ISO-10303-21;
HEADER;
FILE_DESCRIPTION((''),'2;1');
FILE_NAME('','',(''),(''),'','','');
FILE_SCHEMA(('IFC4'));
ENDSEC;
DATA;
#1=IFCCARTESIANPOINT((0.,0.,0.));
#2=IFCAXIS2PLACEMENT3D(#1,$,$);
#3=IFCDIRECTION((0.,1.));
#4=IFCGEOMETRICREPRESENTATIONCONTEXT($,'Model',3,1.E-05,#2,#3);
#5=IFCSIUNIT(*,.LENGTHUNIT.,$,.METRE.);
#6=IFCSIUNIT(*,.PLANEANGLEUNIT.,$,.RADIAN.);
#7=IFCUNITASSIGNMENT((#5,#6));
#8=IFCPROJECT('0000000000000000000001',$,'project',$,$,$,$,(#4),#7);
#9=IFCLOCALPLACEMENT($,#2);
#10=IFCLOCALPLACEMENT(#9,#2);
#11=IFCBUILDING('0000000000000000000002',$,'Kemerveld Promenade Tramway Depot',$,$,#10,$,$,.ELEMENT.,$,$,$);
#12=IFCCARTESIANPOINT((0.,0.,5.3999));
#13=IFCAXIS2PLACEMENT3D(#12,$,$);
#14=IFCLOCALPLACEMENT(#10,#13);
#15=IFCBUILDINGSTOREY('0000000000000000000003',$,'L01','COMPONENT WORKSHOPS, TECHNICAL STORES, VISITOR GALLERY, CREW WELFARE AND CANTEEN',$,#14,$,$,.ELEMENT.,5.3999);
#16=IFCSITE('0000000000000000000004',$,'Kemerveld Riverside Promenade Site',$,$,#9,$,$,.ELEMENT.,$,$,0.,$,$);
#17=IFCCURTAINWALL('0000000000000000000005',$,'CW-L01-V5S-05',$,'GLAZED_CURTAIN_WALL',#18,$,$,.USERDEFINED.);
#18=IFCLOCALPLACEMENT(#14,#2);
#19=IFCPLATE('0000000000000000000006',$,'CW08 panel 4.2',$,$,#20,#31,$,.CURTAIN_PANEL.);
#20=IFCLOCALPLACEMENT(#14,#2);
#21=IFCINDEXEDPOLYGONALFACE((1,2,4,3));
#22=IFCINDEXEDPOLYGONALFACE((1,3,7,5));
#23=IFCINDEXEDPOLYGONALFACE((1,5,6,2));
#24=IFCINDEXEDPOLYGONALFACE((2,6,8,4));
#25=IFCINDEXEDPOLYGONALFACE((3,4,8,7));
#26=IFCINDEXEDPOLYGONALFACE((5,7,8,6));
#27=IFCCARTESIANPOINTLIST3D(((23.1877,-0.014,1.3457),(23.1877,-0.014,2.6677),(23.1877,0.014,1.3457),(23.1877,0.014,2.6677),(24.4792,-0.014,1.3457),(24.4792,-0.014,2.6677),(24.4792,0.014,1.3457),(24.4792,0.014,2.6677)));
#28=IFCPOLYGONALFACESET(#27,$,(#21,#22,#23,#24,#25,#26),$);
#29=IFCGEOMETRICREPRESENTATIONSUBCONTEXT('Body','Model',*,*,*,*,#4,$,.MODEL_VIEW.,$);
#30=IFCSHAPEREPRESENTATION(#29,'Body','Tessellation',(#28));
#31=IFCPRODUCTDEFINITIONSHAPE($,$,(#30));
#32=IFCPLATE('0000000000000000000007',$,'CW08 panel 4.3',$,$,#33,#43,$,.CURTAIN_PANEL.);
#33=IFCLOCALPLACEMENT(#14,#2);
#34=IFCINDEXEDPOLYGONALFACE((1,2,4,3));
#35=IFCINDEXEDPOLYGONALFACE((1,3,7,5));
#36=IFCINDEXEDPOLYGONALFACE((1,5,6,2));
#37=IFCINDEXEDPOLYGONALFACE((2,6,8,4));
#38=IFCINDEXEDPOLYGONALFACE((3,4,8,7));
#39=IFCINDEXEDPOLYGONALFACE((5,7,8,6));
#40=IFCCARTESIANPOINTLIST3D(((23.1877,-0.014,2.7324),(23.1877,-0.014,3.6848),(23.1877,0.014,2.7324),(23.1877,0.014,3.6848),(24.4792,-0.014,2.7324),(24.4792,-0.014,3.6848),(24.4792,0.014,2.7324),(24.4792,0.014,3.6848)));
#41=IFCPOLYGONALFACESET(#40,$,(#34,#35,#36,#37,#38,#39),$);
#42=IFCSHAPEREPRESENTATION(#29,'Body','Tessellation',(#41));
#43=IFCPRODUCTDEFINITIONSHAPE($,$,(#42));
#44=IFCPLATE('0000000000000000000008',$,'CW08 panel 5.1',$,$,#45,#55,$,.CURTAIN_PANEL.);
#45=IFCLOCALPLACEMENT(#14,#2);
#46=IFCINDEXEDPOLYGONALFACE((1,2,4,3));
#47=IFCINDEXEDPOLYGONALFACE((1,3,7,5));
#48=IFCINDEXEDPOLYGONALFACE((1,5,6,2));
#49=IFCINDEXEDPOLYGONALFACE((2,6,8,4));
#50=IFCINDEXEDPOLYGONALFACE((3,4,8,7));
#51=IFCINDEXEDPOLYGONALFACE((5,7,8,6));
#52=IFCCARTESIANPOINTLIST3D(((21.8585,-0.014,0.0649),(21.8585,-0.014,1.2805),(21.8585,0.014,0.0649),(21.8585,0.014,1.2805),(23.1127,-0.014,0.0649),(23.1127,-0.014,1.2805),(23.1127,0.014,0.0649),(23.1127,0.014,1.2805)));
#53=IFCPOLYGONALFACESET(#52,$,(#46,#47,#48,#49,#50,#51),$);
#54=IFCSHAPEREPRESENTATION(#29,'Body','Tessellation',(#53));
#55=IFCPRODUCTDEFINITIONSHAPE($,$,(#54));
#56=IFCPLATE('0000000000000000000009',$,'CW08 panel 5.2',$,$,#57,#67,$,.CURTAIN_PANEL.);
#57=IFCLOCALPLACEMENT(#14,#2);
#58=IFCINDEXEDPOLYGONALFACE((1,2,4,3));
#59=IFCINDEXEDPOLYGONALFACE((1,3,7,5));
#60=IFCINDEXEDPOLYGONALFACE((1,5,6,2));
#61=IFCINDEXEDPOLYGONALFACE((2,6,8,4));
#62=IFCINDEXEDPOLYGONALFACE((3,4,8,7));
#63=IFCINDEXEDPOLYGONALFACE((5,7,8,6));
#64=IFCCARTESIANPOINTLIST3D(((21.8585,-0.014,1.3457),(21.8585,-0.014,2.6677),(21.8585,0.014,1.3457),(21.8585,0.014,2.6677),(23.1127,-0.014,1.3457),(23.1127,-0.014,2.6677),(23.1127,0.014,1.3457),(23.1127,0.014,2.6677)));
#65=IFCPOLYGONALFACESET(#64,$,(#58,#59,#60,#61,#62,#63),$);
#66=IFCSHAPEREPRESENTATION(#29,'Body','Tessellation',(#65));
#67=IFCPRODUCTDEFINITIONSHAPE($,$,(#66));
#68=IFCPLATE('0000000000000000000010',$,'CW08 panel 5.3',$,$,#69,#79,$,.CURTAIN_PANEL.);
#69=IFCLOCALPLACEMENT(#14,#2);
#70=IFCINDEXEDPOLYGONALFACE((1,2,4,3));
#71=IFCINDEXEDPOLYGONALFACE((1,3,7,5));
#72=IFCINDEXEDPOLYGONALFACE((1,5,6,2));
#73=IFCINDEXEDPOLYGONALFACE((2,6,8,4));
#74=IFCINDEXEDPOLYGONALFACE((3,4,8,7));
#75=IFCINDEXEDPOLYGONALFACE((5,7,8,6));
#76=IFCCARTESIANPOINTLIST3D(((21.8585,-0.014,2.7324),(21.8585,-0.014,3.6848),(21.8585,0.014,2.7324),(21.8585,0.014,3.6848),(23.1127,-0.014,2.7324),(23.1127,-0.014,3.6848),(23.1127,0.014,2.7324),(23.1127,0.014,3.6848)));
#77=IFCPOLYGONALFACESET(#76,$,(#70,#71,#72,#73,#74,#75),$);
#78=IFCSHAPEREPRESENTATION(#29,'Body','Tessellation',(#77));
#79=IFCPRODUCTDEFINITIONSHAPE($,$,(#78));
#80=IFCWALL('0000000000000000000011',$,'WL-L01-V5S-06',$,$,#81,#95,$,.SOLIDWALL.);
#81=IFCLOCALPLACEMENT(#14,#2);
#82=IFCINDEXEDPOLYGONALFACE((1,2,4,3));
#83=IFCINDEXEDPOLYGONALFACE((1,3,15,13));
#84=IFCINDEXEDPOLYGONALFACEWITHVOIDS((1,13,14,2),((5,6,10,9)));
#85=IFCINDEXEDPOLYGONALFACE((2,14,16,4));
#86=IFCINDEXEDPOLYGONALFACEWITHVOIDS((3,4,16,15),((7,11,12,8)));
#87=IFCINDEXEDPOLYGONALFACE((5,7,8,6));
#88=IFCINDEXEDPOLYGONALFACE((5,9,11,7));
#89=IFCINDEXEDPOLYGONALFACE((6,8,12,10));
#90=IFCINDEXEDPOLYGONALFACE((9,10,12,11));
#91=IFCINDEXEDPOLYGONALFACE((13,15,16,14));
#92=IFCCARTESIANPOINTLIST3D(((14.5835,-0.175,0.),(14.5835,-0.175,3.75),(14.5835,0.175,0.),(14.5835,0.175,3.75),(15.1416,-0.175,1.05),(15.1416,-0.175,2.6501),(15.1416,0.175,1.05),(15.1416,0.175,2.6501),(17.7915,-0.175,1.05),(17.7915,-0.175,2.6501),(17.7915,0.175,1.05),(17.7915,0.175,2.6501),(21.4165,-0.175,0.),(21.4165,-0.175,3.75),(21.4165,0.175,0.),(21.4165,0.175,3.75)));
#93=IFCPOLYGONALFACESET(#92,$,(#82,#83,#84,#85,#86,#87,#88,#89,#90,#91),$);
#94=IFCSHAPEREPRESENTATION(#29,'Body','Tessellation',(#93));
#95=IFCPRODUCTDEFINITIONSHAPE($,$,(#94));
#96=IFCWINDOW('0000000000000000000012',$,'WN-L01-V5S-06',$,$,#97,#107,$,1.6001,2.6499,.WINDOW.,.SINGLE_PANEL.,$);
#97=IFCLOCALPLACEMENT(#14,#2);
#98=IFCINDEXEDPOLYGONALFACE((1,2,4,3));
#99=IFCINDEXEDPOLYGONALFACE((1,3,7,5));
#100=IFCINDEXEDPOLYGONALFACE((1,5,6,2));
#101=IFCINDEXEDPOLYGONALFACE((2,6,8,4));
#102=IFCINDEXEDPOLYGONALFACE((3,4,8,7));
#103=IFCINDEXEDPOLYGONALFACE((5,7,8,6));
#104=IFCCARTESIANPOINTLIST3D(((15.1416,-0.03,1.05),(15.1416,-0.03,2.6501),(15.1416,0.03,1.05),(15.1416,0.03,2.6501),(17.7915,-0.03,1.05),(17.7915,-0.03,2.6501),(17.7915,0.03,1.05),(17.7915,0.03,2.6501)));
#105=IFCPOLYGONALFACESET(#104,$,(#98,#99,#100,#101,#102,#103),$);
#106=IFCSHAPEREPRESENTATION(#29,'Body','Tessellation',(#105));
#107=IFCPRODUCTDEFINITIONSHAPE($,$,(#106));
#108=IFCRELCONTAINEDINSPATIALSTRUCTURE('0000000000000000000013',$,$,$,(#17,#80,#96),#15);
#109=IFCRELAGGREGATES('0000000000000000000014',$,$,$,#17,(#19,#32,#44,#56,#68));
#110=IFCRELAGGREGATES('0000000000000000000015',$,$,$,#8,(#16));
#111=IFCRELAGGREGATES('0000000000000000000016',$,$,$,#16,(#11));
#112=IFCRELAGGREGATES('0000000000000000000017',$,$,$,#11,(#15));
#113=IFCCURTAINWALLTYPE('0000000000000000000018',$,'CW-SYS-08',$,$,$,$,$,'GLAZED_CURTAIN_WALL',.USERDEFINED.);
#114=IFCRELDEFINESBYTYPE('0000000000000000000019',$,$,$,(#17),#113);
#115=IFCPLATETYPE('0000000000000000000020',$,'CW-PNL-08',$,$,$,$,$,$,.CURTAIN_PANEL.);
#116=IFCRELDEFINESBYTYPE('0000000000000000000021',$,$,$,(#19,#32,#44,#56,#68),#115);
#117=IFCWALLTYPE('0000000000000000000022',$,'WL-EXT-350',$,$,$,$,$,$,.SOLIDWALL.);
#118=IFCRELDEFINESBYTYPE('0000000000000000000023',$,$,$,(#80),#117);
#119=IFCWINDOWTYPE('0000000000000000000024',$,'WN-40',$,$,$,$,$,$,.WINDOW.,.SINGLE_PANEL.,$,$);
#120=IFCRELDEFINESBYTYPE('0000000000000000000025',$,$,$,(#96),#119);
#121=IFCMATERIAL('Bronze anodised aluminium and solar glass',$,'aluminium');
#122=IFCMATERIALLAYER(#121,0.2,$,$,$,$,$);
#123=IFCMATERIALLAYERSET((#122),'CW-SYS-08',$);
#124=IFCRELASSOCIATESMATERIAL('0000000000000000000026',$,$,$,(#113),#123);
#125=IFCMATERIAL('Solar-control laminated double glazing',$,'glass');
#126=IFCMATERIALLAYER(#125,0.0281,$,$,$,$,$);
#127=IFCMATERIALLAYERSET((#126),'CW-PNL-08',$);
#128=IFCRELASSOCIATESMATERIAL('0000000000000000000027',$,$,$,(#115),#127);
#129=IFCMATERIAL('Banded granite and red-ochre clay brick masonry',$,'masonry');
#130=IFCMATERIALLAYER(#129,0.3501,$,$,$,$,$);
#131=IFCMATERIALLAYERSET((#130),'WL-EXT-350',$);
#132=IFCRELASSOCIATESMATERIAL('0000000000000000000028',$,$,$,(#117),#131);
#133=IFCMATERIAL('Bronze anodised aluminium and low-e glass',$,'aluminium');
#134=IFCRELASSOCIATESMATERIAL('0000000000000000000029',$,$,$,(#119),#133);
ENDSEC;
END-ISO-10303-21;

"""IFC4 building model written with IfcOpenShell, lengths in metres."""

from ifc_helpers import new_model, si_unit, direction, frame, frame_2d, origin, origin_2d, place, context, subcontext, project, spatial, rectangle, extrude, material, layer, layer_set, type_object, element, fill, aggregate, save


model = new_model("IFC4")

# Units and contexts
model_context = context("Model", 3, precision=1e-05, world=origin(), true_north=direction((0.0, 1.0)))
body_context = subcontext(model_context, "Body", "Model", "MODEL_VIEW")
ifc_project = project(units=[si_unit("LENGTHUNIT", "METRE"), si_unit("PLANEANGLEUNIT", "RADIAN")], contexts=[model_context])

# Site, building, storey
site_placement = place(None, origin())
site = spatial("IfcSite", under=ifc_project, at=site_placement, Name="Kemerveld Riverside Promenade Site", CompositionType="ELEMENT", RefElevation=0.0)
building_placement = place(site_placement, origin())
building = spatial("IfcBuilding", under=site, at=building_placement, Name="Kemerveld Promenade Tramway Depot", CompositionType="ELEMENT")
storey_placement = place(building_placement, frame((0.0, 0.0, 5.3999)))
storey = spatial("IfcBuildingStorey", under=building, at=storey_placement, Name="L01", Description="COMPONENT WORKSHOPS, TECHNICAL STORES, VISITOR GALLERY, CREW WELFARE AND CANTEEN", CompositionType="ELEMENT", Elevation=5.3999)

# Curtain wall, plates
ifc_material_1 = material(Name="Bronze anodised aluminium and solar glass", Category="aluminium")
ifc_layer_1 = layer(ifc_material_1, 0.2)
ifc_layer_set_1 = layer_set([ifc_layer_1], Name="CW-SYS-08")
curtain_wall_type = type_object("IfcCurtainWallType", Name="CW-SYS-08", ElementType="GLAZED_CURTAIN_WALL", PredefinedType="USERDEFINED", material=ifc_layer_set_1)
curtain_wall_placement = place(storey_placement, origin())
curtain_wall = element("IfcCurtainWall", 1, at=curtain_wall_placement, inside=storey, type_object=curtain_wall_type, Name="CW-L01-V5S-05", ObjectType="GLAZED_CURTAIN_WALL", PredefinedType="USERDEFINED")
ifc_material_2 = material(Name="Solar-control laminated double glazing", Category="glass")
ifc_layer_2 = layer(ifc_material_2, 0.0281)
ifc_layer_set_2 = layer_set([ifc_layer_2], Name="CW-PNL-08")
plate_type = type_object("IfcPlateType", Name="CW-PNL-08", PredefinedType="CURTAIN_PANEL", material=ifc_layer_set_2)
plate_1_placement = place(storey_placement, frame((23.8335, 0.0, 1.3457), z_axis=(0.0, 0.0, 1.0), x_axis=(-1.0, 0.0, 0.0)))
plate_1 = element("IfcPlate", 2, at=plate_1_placement, type_object=plate_type, Name="CW08 panel 4.2", PredefinedType="CURTAIN_PANEL", context=body_context, shape_type="SweptSolid", body=[
    extrude(rectangle(XDim=1.2915, YDim=0.0281, at=origin_2d()), origin(), (0.0, 0.0, 1.0), 1.322),
])
plate_2_placement = place(storey_placement, frame((23.8335, 0.0, 2.7324), z_axis=(0.0, 0.0, 1.0), x_axis=(-1.0, 0.0, 0.0)))
plate_2 = element("IfcPlate", 3, at=plate_2_placement, type_object=plate_type, Name="CW08 panel 4.3", PredefinedType="CURTAIN_PANEL", context=body_context, shape_type="SweptSolid", body=[
    extrude(rectangle(XDim=1.2915, YDim=0.0281, at=origin_2d()), origin(), (0.0, 0.0, 1.0), 0.9524),
])
plate_3_placement = place(storey_placement, frame((22.4856, 0.0, 0.0649), z_axis=(0.0, 0.0, 1.0), x_axis=(-1.0, 0.0, 0.0)))
plate_3 = element("IfcPlate", 4, at=plate_3_placement, type_object=plate_type, Name="CW08 panel 5.1", PredefinedType="CURTAIN_PANEL", context=body_context, shape_type="SweptSolid", body=[
    extrude(rectangle(XDim=1.2542, YDim=0.0281, at=origin_2d()), origin(), (0.0, 0.0, 1.0), 1.2156),
])
plate_4_placement = place(storey_placement, frame((22.4856, 0.0, 1.3457), z_axis=(0.0, 0.0, 1.0), x_axis=(-1.0, 0.0, 0.0)))
plate_4 = element("IfcPlate", 5, at=plate_4_placement, type_object=plate_type, Name="CW08 panel 5.2", PredefinedType="CURTAIN_PANEL", context=body_context, shape_type="SweptSolid", body=[
    extrude(rectangle(XDim=1.2542, YDim=0.0281, at=origin_2d()), origin(), (0.0, 0.0, 1.0), 1.322),
])
plate_5_placement = place(storey_placement, frame((22.4856, 0.0, 2.7324), z_axis=(0.0, 0.0, 1.0), x_axis=(-1.0, 0.0, 0.0)))
plate_5 = element("IfcPlate", 6, at=plate_5_placement, type_object=plate_type, Name="CW08 panel 5.3", PredefinedType="CURTAIN_PANEL", context=body_context, shape_type="SweptSolid", body=[
    extrude(rectangle(XDim=1.2542, YDim=0.0281, at=origin_2d()), origin(), (0.0, 0.0, 1.0), 0.9524),
])
aggregate(curtain_wall, [plate_1, plate_2, plate_3, plate_4, plate_5])

# Wall, opening, window
ifc_material_3 = material(Name="Banded granite and red-ochre clay brick masonry", Category="masonry")
ifc_layer_3 = layer(ifc_material_3, 0.3501)
ifc_layer_set_3 = layer_set([ifc_layer_3], Name="WL-EXT-350")
wall_type = type_object("IfcWallType", Name="WL-EXT-350", PredefinedType="SOLIDWALL", material=ifc_layer_set_3)
wall_placement = place(storey_placement, frame((21.4165, 0.0, 0.0), z_axis=(0.0, 0.0, 1.0), x_axis=(-1.0, 0.0, 0.0)))
wall = element("IfcWall", 7, at=wall_placement, inside=storey, type_object=wall_type, Name="WL-L01-V5S-06", PredefinedType="SOLIDWALL", context=body_context, shape_type="SweptSolid", body=[
    extrude(rectangle(XDim=6.833, YDim=0.3501, at=frame_2d((3.4165, 0.0))), origin(), (0.0, 0.0, 1.0), 3.75),
])
opening_placement = place(wall_placement, frame((3.625, 0.0, 1.05)))
opening = element("IfcOpeningElement", 8, at=opening_placement, cuts=wall, PredefinedType="OPENING", context=body_context, shape_type="SweptSolid", body=[
    extrude(rectangle(XDim=2.6499, YDim=1.6001, at=frame_2d((1.325, 0.8))), frame((0.0, 0.1851, 0.0), z_axis=(0.0, -1.0, 0.0), x_axis=(1.0, 0.0, 0.0)), (0.0, 0.0, 1.0), 0.3701),
])
ifc_material_4 = material(Name="Bronze anodised aluminium and low-e glass", Category="aluminium")
window_type = type_object("IfcWindowType", Name="WN-40", PartitioningType="SINGLE_PANEL", PredefinedType="WINDOW", material=ifc_material_4)
window_placement = place(opening_placement, origin())
window = element("IfcWindow", 9, at=window_placement, inside=storey, type_object=window_type, Name="WN-L01-V5S-06", OverallHeight=1.6001, OverallWidth=2.6499, PartitioningType="SINGLE_PANEL", PredefinedType="WINDOW", context=body_context, shape_type="SweptSolid", body=[
    extrude(rectangle(XDim=2.6499, YDim=1.6001, at=frame_2d((1.325, 0.8))), frame((0.0, 0.03, 0.0), z_axis=(0.0, -1.0, 0.0), x_axis=(1.0, 0.0, 0.0)), (0.0, 0.0, 1.0), 0.0601),
])
fill(opening, window)

save(model, "model.ifc")
